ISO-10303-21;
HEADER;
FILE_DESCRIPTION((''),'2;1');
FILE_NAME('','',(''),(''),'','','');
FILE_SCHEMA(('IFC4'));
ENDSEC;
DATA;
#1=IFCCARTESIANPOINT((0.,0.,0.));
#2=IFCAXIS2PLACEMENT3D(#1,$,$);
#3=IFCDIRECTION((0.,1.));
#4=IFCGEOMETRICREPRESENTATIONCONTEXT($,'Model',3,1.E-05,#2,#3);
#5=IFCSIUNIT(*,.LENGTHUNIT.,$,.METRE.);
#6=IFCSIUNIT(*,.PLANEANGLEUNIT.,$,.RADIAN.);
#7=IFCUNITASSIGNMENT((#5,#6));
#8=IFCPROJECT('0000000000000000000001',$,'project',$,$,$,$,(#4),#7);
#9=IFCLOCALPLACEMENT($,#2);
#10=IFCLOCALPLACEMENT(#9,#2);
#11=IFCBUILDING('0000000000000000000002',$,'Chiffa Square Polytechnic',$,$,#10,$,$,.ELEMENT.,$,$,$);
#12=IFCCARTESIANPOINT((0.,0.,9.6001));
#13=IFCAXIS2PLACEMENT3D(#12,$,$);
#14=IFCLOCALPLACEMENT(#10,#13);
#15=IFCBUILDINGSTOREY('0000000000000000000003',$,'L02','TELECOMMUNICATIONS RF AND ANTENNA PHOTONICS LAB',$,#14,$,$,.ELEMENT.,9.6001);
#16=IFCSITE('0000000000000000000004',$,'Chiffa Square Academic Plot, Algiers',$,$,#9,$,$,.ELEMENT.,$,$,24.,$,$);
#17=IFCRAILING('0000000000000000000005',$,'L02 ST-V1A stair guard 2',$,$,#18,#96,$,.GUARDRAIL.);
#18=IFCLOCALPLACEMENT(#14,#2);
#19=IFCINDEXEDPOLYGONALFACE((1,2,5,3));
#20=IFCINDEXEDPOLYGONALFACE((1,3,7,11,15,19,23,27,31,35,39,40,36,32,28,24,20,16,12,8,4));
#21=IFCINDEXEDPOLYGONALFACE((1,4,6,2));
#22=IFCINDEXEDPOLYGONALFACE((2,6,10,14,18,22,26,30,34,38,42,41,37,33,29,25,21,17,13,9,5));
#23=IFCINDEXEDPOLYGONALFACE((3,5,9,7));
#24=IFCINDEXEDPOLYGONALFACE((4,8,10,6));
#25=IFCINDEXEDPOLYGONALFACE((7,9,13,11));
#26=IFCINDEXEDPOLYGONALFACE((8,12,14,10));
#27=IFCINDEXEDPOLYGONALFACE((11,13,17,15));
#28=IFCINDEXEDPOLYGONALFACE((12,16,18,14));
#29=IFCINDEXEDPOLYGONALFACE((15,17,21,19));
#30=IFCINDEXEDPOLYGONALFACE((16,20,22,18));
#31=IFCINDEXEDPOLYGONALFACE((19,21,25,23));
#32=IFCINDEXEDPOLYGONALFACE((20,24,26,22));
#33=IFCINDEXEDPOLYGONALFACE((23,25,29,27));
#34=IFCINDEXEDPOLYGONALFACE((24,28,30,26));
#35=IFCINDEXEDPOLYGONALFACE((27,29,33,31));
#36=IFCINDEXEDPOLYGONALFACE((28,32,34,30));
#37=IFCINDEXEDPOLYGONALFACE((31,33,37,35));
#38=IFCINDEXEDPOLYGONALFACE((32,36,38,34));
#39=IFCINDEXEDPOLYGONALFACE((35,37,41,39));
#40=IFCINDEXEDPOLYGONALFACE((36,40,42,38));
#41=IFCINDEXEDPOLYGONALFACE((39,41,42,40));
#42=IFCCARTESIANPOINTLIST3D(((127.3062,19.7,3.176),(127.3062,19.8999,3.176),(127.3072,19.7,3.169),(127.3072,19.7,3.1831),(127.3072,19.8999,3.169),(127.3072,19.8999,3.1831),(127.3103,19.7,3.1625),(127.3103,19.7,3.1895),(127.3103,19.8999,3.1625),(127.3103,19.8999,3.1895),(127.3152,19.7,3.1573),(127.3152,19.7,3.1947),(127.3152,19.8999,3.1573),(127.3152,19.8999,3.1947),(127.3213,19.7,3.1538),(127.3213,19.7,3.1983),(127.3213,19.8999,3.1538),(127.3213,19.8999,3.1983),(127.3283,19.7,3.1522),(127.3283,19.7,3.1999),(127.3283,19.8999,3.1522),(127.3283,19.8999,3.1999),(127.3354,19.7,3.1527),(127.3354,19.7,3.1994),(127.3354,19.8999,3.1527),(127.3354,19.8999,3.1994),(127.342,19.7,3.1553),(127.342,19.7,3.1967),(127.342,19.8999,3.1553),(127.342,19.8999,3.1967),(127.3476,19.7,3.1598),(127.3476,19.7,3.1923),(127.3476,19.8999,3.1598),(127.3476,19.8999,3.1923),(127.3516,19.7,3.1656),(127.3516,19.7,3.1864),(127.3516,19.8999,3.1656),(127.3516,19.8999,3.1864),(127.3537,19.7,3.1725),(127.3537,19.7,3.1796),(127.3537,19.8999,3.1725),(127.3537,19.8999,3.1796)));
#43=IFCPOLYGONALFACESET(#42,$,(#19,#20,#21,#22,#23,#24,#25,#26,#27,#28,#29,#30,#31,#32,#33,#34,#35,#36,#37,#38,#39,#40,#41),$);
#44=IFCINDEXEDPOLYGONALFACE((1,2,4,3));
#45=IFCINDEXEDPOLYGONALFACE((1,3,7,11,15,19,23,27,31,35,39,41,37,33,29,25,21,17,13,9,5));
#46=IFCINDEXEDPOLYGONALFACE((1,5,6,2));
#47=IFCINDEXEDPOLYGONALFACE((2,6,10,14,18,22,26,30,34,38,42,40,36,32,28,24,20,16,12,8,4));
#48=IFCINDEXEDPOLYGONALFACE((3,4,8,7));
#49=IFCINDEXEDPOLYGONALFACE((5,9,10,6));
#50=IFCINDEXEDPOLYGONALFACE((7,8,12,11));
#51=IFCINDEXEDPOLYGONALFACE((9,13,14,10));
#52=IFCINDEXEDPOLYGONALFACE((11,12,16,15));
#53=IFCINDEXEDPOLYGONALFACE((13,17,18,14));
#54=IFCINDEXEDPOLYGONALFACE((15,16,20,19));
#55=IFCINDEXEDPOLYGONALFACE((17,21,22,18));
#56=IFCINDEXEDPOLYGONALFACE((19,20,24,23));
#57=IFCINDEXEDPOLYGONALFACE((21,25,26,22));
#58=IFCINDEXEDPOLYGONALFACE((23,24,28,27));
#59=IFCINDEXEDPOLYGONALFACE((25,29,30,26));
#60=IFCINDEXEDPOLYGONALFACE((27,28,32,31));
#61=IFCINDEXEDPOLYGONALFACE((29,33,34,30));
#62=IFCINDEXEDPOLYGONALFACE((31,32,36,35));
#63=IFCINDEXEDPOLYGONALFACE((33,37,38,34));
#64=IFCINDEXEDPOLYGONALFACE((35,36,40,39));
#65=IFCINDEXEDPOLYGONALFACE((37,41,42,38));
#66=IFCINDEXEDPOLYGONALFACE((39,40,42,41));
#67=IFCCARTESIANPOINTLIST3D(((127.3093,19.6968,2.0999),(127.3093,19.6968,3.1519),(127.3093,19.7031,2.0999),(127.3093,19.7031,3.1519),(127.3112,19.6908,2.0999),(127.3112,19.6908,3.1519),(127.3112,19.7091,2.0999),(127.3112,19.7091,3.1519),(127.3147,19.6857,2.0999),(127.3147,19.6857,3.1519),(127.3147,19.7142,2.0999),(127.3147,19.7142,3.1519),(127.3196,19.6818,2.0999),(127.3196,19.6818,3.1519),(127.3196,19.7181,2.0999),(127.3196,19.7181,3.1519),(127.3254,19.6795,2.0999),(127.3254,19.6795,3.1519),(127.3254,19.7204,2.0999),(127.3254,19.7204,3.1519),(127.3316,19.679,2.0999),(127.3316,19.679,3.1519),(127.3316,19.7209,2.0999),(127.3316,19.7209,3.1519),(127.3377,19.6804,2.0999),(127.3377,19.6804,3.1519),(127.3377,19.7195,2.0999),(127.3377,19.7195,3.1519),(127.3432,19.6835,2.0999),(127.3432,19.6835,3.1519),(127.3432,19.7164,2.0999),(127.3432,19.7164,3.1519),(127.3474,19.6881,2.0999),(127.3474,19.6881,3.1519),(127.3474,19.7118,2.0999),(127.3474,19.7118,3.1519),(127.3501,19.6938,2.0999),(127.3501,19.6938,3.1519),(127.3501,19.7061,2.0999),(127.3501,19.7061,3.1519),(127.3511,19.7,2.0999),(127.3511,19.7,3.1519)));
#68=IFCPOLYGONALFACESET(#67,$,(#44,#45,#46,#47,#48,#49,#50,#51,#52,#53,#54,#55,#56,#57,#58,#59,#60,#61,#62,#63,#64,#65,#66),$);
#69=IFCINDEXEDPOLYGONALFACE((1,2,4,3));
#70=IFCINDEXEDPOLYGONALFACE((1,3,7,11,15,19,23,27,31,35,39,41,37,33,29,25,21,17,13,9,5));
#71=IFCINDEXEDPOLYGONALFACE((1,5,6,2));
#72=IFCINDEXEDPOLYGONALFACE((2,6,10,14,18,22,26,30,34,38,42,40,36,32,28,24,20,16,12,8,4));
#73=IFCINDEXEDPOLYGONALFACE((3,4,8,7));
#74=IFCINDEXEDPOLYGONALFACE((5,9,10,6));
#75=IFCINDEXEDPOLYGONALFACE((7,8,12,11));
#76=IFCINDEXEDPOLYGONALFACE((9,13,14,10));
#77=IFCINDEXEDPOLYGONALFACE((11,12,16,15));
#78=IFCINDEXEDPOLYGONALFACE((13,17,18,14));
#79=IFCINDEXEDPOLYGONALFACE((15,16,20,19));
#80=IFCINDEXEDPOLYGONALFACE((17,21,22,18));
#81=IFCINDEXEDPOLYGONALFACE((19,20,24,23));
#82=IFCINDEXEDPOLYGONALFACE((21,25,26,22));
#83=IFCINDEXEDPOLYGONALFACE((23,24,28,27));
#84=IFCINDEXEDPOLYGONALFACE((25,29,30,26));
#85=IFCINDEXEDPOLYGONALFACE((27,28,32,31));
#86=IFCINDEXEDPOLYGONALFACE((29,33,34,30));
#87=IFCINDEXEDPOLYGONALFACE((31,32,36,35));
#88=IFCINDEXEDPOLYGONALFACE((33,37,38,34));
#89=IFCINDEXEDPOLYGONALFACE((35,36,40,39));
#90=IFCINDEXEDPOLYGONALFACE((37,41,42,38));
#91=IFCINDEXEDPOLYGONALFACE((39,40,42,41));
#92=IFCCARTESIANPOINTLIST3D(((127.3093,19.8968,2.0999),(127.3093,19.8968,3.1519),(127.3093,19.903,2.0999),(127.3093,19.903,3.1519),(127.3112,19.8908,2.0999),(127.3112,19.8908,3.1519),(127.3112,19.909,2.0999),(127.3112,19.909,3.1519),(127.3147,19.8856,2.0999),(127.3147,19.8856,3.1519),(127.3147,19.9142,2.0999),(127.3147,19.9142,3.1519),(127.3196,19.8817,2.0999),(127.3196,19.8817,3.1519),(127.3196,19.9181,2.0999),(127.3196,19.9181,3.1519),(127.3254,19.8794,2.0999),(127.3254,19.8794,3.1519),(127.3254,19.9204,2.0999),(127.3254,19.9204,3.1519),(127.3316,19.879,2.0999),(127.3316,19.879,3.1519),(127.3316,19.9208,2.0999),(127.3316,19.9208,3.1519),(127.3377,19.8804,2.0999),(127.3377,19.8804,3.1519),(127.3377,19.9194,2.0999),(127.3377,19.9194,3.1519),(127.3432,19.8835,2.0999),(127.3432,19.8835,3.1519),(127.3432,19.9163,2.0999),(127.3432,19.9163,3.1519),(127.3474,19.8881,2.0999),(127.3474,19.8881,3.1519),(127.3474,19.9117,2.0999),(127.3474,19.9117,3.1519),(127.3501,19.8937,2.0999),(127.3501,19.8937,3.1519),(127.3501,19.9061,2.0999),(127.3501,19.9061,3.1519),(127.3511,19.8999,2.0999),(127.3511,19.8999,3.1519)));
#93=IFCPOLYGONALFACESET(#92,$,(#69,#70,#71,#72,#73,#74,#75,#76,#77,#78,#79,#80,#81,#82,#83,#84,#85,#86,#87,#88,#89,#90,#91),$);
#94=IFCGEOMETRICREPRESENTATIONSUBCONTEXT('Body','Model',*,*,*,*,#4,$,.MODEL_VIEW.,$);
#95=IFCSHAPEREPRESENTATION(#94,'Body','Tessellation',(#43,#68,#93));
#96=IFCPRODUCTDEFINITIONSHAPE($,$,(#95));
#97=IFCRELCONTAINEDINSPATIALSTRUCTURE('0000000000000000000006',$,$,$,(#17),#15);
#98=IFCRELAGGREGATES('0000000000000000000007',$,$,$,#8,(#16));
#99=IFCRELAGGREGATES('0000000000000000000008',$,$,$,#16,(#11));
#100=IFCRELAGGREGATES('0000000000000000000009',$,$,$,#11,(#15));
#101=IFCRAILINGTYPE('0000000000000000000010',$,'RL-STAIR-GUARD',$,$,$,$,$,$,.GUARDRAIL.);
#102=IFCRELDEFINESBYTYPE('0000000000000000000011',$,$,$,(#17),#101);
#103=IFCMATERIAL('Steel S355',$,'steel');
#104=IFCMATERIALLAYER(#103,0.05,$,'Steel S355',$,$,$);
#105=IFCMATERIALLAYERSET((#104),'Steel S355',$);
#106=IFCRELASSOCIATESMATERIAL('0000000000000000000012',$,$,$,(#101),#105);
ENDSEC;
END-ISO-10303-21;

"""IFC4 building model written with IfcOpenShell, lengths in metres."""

from ifc_helpers import new_model, si_unit, direction, frame, origin, origin_2d, place, context, subcontext, project, spatial, circle, extrude, material, layer, layer_set, type_object, element, save


model = new_model("IFC4")

# Units and contexts
model_context = context("Model", 3, precision=1e-05, world=origin(), true_north=direction((0.0, 1.0)))
body_context = subcontext(model_context, "Body", "Model", "MODEL_VIEW")
ifc_project = project(units=[si_unit("LENGTHUNIT", "METRE"), si_unit("PLANEANGLEUNIT", "RADIAN")], contexts=[model_context])

# Site, building, storey
site_placement = place(None, origin())
site = spatial("IfcSite", under=ifc_project, at=site_placement, Name="Chiffa Square Academic Plot, Algiers", CompositionType="ELEMENT", RefElevation=24.0)
building_placement = place(site_placement, origin())
building = spatial("IfcBuilding", under=site, at=building_placement, Name="Chiffa Square Polytechnic", CompositionType="ELEMENT")
storey_placement = place(building_placement, frame((0.0, 0.0, 9.6001)))
storey = spatial("IfcBuildingStorey", under=building, at=storey_placement, Name="L02", Description="TELECOMMUNICATIONS RF AND ANTENNA PHOTONICS LAB", CompositionType="ELEMENT", Elevation=9.6001)

# Railing
ifc_material_1 = material(Name="Steel S355", Category="steel")
ifc_layer_1 = layer(ifc_material_1, 0.05, Name="Steel S355")
ifc_layer_set_1 = layer_set([ifc_layer_1], Name="Steel S355")
railing_type_1 = type_object("IfcRailingType", Name="RL-STAIR-GUARD", PredefinedType="GUARDRAIL", material=ifc_layer_set_1)
railing_1_placement = place(storey_placement, frame((127.3301, 19.7, 2.0999)))
element("IfcRailing", 1, at=railing_1_placement, inside=storey, type_object=railing_type_1, Name="L02 ST-V1A stair guard 2", PredefinedType="GUARDRAIL", context=body_context, shape_type="SweptSolid", body=[
    extrude(circle(Radius=0.0239, at=origin_2d()), frame((0.0, 0.0, 1.0762), z_axis=(0.0, 1.0, 0.0), x_axis=(-1.0, 0.0, 0.0)), (0.0, 0.0, 1.0), 0.2),
    extrude(circle(Radius=0.021, at=origin_2d()), origin(), (0.0, 0.0, 1.0), 1.052),
    extrude(circle(Radius=0.021, at=origin_2d()), frame((0.0, 0.2, 0.0)), (0.0, 0.0, 1.0), 1.052),
])

save(model, "model.ifc")
